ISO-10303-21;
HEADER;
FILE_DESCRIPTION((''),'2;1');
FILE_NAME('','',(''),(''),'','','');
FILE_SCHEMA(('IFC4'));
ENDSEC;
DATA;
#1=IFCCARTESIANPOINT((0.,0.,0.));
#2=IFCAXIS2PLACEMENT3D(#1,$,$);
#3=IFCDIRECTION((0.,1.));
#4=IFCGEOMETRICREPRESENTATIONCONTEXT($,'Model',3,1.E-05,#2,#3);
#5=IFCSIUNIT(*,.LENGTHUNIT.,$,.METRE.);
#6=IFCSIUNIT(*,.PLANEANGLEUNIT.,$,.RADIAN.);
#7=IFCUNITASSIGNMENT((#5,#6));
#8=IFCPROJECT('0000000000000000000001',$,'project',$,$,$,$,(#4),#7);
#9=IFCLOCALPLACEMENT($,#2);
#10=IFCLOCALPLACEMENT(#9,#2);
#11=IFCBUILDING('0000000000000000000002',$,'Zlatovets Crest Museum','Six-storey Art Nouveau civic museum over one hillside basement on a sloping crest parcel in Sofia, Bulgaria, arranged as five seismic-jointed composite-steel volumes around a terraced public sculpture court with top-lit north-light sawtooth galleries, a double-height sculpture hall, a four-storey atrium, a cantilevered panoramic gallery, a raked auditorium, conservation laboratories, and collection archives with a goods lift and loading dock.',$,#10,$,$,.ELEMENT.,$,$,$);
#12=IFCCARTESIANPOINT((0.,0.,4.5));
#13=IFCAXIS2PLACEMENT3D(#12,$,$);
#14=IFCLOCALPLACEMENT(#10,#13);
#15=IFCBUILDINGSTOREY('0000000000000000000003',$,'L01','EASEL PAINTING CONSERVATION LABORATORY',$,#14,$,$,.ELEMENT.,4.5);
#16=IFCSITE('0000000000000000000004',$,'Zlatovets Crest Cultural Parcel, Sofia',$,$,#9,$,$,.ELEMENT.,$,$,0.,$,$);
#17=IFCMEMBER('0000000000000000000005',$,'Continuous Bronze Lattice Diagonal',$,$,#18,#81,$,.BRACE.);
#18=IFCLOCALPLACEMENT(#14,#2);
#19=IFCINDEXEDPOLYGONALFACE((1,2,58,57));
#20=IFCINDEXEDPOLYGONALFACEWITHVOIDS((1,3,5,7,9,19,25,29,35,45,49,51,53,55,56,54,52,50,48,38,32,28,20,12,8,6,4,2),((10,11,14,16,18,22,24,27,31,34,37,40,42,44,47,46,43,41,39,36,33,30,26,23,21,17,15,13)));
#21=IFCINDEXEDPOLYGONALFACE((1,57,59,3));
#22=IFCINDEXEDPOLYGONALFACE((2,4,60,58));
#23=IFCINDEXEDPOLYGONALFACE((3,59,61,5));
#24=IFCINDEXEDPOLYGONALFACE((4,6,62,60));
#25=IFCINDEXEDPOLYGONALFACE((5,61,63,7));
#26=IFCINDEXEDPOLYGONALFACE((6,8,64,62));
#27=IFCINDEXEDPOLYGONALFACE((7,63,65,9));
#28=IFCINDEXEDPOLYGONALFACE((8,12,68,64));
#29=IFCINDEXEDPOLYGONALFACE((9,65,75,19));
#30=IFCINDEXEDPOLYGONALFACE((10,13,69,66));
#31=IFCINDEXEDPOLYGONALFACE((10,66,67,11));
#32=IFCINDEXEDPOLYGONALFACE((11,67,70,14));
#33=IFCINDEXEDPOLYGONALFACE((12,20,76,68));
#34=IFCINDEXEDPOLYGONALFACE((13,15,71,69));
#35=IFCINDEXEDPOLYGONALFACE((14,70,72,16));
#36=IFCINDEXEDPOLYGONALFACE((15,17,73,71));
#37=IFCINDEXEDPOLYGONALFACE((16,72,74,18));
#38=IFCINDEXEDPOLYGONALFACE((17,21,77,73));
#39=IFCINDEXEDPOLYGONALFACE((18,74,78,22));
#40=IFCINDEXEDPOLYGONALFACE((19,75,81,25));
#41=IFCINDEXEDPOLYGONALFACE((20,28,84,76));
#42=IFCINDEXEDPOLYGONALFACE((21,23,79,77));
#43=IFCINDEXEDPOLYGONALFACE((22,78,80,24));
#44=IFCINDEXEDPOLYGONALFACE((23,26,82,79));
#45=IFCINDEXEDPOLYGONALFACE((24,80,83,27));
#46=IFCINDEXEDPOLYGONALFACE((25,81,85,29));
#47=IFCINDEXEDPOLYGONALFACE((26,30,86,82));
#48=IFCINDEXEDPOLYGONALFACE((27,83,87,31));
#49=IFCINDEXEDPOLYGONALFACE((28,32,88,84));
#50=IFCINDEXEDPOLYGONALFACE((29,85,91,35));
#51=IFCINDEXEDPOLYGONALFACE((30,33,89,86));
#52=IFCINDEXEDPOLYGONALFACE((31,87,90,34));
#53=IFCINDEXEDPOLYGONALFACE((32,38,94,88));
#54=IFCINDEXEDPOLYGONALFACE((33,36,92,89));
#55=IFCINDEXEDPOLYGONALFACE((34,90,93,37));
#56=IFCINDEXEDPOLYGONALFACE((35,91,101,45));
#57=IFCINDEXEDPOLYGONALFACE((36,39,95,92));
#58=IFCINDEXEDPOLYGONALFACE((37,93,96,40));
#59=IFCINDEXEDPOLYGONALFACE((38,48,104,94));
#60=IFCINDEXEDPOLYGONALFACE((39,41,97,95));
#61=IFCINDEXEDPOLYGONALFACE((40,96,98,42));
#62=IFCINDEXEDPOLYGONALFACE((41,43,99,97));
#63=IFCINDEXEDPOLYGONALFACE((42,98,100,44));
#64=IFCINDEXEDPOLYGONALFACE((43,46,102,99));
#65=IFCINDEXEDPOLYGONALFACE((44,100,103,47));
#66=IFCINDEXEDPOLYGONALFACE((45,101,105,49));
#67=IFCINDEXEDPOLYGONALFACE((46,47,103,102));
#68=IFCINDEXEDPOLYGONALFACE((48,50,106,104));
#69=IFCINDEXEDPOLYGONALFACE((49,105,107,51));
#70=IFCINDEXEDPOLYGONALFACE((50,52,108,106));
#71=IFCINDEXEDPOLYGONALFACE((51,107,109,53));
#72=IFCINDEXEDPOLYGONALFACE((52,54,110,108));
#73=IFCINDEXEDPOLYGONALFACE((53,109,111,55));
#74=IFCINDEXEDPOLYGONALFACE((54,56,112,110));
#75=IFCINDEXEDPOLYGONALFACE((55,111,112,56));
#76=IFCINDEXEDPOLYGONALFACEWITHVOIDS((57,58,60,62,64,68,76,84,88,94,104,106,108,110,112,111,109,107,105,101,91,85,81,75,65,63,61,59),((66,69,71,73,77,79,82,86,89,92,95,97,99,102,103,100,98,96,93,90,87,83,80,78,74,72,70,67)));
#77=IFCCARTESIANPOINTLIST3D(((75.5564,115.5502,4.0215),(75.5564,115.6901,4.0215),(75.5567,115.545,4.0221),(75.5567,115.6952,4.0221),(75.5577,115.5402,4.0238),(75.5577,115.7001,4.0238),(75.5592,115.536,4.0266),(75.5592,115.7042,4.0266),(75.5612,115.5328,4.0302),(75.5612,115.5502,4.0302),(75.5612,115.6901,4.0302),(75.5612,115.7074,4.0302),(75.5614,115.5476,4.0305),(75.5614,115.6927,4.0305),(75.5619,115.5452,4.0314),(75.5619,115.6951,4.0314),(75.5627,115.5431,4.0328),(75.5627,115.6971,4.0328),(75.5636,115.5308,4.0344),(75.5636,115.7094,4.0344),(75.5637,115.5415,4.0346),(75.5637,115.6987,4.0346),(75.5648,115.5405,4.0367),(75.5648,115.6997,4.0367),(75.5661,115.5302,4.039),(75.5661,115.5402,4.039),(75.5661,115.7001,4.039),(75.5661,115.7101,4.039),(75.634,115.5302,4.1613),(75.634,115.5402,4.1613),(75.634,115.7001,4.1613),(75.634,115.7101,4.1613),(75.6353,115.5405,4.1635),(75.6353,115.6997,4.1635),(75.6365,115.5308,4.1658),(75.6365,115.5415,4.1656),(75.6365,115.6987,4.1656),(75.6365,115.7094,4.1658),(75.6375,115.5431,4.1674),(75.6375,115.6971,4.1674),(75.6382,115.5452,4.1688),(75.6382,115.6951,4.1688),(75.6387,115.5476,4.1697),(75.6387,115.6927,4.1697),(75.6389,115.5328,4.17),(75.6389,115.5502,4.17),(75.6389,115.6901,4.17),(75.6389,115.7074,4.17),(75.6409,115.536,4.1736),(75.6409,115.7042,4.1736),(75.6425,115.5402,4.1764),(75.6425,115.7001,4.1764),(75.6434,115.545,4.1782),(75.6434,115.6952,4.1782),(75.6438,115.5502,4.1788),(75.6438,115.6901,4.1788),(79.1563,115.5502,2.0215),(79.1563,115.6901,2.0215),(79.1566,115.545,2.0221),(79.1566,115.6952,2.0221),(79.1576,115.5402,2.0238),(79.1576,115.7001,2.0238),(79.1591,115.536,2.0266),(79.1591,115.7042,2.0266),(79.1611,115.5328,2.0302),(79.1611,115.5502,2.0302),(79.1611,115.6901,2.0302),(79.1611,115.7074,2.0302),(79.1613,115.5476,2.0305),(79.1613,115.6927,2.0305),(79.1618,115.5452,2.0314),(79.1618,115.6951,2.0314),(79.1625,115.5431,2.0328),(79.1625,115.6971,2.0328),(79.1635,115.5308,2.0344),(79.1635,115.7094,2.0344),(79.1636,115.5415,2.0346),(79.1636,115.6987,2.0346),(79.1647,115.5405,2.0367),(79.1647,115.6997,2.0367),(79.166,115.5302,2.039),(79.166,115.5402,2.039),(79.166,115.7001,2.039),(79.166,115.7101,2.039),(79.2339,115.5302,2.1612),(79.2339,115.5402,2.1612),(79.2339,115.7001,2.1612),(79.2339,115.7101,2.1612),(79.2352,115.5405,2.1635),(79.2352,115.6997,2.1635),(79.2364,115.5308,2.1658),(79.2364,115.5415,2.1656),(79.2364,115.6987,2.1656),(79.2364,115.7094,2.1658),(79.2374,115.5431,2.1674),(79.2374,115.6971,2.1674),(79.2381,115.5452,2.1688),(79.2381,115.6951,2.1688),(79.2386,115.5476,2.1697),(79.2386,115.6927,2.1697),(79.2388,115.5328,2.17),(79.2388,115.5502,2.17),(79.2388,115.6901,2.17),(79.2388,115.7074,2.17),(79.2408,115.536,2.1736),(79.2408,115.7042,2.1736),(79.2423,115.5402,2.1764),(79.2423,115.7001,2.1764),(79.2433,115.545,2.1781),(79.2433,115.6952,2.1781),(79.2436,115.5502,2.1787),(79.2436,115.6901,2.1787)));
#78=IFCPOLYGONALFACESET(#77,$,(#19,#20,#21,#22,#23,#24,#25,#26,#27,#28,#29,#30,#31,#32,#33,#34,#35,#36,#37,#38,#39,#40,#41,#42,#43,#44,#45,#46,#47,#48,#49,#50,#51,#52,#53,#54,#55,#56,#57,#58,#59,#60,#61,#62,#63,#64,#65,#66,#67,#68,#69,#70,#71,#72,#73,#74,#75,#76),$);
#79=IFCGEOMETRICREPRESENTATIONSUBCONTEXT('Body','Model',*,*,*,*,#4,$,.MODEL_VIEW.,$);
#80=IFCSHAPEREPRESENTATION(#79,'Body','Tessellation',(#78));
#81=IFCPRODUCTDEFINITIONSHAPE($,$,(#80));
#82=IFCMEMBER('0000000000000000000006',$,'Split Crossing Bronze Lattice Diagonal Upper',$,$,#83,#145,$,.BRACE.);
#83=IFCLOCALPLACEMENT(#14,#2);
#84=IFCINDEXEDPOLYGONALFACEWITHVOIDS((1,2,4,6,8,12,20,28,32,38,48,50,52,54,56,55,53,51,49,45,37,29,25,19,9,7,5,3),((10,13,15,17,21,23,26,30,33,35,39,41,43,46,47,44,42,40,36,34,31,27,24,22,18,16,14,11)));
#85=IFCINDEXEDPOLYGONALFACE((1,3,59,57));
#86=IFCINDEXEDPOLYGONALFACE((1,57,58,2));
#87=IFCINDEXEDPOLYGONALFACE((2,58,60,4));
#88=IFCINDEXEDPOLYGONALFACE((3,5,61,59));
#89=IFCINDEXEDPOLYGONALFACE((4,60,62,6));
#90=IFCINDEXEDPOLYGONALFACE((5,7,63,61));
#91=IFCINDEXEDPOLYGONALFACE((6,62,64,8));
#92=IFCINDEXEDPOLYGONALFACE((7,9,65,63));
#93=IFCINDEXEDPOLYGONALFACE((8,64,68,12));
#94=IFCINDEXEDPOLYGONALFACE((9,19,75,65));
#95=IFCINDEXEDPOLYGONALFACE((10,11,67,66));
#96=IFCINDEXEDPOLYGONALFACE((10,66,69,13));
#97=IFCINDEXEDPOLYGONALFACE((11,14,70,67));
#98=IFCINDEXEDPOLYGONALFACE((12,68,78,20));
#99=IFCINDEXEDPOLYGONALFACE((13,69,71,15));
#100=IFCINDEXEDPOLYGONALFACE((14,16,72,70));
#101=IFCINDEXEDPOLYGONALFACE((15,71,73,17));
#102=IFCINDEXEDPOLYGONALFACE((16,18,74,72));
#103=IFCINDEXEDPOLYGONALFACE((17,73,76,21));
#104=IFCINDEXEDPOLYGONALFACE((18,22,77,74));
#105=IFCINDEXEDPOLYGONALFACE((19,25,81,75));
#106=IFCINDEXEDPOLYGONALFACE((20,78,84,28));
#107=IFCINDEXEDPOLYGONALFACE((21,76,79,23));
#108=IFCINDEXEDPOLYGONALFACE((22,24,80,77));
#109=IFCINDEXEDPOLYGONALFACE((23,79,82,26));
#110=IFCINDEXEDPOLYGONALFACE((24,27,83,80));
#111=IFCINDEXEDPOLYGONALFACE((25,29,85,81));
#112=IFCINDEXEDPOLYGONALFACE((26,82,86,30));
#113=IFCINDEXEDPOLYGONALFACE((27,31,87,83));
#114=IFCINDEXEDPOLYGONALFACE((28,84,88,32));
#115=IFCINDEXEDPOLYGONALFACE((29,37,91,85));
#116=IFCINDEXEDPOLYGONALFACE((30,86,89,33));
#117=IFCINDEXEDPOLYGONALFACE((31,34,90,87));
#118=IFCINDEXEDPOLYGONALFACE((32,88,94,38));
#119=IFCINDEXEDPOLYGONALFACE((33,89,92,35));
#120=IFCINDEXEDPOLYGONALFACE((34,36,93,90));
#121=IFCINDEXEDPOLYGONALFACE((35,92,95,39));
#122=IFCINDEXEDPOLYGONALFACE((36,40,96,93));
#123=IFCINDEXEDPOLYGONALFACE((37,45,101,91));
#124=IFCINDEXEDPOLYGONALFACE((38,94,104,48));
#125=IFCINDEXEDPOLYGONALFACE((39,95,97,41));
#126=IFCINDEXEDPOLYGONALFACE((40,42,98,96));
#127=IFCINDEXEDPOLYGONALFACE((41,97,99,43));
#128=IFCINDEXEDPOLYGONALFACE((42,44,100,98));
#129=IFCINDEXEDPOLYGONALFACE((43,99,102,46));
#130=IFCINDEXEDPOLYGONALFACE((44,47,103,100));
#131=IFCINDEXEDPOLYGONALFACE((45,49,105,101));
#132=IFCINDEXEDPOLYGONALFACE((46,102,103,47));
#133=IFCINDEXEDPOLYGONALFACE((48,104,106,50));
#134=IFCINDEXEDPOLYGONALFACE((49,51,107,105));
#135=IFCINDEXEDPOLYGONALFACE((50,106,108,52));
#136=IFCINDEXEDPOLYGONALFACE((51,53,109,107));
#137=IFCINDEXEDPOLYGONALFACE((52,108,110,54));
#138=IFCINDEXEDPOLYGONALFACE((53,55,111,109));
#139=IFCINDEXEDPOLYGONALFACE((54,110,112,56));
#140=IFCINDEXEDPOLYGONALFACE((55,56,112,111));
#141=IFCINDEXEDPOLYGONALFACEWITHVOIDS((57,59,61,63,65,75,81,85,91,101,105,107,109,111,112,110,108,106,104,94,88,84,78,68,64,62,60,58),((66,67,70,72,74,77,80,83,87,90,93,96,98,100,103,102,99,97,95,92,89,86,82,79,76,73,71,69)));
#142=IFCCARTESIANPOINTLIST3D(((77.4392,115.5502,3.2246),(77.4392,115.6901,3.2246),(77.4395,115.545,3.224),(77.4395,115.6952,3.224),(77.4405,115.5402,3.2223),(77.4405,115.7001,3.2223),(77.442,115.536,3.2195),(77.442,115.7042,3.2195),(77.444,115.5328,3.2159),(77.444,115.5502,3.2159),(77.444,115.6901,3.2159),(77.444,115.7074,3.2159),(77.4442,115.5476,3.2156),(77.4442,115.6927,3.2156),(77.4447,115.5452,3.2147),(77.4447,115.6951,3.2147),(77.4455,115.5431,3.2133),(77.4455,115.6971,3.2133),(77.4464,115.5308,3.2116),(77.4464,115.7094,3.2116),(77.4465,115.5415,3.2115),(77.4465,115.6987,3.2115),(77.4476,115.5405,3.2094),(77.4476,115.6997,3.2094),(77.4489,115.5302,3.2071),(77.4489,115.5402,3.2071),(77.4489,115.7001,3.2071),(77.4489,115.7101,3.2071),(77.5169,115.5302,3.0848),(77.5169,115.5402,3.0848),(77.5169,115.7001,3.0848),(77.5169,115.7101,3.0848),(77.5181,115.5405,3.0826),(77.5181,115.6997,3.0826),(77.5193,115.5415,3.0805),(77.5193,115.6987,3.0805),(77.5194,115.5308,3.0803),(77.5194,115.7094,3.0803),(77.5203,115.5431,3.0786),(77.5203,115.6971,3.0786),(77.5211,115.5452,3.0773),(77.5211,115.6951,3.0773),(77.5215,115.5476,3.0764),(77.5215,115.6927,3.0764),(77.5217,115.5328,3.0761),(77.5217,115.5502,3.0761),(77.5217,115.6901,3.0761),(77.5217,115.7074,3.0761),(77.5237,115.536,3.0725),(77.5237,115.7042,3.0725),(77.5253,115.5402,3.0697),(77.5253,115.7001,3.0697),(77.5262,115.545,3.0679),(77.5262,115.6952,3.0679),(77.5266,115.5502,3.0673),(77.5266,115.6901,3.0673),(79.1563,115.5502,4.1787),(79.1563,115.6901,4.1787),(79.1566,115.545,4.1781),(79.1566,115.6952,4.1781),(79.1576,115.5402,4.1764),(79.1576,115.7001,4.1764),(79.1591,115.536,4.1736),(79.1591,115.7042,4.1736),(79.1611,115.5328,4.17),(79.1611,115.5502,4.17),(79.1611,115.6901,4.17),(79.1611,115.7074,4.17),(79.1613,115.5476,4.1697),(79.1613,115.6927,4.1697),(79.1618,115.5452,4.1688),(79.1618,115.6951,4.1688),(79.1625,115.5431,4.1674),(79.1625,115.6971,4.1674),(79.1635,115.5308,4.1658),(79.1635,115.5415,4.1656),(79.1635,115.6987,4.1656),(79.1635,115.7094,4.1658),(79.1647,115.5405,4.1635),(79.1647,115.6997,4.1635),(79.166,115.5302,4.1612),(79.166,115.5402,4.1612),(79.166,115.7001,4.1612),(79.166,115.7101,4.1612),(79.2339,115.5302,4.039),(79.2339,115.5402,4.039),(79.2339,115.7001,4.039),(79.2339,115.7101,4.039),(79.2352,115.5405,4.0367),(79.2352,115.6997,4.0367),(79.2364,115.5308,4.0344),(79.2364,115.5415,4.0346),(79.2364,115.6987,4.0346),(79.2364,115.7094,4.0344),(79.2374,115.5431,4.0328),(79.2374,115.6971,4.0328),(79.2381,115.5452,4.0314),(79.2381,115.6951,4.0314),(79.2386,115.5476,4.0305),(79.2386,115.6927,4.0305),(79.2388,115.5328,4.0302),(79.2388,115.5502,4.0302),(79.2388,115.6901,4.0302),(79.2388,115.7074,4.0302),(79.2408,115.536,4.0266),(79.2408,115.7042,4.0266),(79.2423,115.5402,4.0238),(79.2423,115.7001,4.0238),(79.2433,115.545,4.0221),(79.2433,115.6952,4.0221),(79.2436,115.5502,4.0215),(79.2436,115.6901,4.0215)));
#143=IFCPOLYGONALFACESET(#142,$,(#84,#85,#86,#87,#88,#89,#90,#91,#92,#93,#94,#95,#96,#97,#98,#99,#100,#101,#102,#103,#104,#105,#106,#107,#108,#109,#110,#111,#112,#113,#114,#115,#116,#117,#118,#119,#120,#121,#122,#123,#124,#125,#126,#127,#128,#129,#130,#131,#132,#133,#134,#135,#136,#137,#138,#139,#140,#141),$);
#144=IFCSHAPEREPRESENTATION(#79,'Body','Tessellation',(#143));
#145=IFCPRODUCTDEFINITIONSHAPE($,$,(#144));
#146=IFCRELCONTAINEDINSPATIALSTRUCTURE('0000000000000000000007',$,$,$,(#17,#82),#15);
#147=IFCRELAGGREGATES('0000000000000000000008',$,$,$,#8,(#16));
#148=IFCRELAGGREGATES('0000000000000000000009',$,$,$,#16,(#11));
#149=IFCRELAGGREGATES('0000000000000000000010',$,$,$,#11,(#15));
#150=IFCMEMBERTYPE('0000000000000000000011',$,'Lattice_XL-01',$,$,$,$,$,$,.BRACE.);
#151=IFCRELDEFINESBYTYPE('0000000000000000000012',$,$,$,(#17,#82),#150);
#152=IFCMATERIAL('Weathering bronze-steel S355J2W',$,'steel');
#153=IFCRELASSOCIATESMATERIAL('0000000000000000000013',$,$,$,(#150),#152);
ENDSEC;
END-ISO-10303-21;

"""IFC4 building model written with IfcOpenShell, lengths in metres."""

from ifc_helpers import new_model, si_unit, direction, frame, origin, origin_2d, place, context, subcontext, project, spatial, hollow_rectangle, extrude, material, material_profile, profile_set, type_object, element, save


model = new_model("IFC4")

# Units and contexts
model_context = context("Model", 3, precision=1e-05, world=origin(), true_north=direction((0.0, 1.0)))
body_context = subcontext(model_context, "Body", "Model", "MODEL_VIEW")
ifc_project = project(units=[si_unit("LENGTHUNIT", "METRE"), si_unit("PLANEANGLEUNIT", "RADIAN")], contexts=[model_context])

# Site, building, storey
site_placement = place(None, origin())
site = spatial("IfcSite", under=ifc_project, at=site_placement, Name="Zlatovets Crest Cultural Parcel, Sofia", CompositionType="ELEMENT", RefElevation=0.0)
building_placement = place(site_placement, origin())
building = spatial("IfcBuilding", under=site, at=building_placement, Name="Zlatovets Crest Museum", Description="Six-storey Art Nouveau civic museum over one hillside basement on a sloping crest parcel in Sofia, Bulgaria, arranged as five seismic-jointed composite-steel volumes around a terraced public sculpture court with top-lit north-light sawtooth galleries, a double-height sculpture hall, a four-storey atrium, a cantilevered panoramic gallery, a raked auditorium, conservation laboratories, and collection archives with a goods lift and loading dock.", CompositionType="ELEMENT")
storey_placement = place(building_placement, frame((0.0, 0.0, 4.5)))
storey = spatial("IfcBuildingStorey", under=building, at=storey_placement, Name="L01", Description="EASEL PAINTING CONSERVATION LABORATORY", CompositionType="ELEMENT", Elevation=4.5)

# Members
ifc_material_1 = material(Name="Weathering bronze-steel S355J2W", Category="steel")
ifc_material_profile_1 = material_profile(ifc_material_1, hollow_rectangle(XDim=0.1799, YDim=0.1799, WallThickness=0.01, InnerFilletRadius=0.01, OuterFilletRadius=0.02, at=origin_2d()), Name="SHS 180x180x10.0")
ifc_profile_set_1 = profile_set([ifc_material_profile_1], Name="Weathering bronze-steel S355J2W")
member_type_1 = type_object("IfcMemberType", Name="Lattice_XL-01", PredefinedType="BRACE", material=ifc_profile_set_1)
member_1_placement = place(storey_placement, frame((79.2, 115.6201, 2.1001), z_axis=(-0.874149, 0.0, 0.485658), x_axis=(0.0, -1.0, 0.0)))
element("IfcMember", 1, at=member_1_placement, inside=storey, type_object=member_type_1, Name="Continuous Bronze Lattice Diagonal", PredefinedType="BRACE", context=body_context, shape_type="SweptSolid", body=[
    extrude(hollow_rectangle(XDim=0.1799, YDim=0.1799, WallThickness=0.01, InnerFilletRadius=0.01, OuterFilletRadius=0.02, at=origin_2d()), origin(), (0.0, 0.0, 1.0), 4.1182),
])
member_2_placement = place(storey_placement, frame((79.2, 115.6201, 4.1001), z_axis=(-0.874116, 0.0, -0.485717), x_axis=(0.0, -1.0, 0.0)))
element("IfcMember", 2, at=member_2_placement, inside=storey, type_object=member_type_1, Name="Split Crossing Bronze Lattice Diagonal Upper", PredefinedType="BRACE", context=body_context, shape_type="SweptSolid", body=[
    extrude(hollow_rectangle(XDim=0.1799, YDim=0.1799, WallThickness=0.01, InnerFilletRadius=0.01, OuterFilletRadius=0.02, at=origin_2d()), origin(), (0.0, 0.0, 1.0), 1.9644),
])

save(model, "model.ifc")
